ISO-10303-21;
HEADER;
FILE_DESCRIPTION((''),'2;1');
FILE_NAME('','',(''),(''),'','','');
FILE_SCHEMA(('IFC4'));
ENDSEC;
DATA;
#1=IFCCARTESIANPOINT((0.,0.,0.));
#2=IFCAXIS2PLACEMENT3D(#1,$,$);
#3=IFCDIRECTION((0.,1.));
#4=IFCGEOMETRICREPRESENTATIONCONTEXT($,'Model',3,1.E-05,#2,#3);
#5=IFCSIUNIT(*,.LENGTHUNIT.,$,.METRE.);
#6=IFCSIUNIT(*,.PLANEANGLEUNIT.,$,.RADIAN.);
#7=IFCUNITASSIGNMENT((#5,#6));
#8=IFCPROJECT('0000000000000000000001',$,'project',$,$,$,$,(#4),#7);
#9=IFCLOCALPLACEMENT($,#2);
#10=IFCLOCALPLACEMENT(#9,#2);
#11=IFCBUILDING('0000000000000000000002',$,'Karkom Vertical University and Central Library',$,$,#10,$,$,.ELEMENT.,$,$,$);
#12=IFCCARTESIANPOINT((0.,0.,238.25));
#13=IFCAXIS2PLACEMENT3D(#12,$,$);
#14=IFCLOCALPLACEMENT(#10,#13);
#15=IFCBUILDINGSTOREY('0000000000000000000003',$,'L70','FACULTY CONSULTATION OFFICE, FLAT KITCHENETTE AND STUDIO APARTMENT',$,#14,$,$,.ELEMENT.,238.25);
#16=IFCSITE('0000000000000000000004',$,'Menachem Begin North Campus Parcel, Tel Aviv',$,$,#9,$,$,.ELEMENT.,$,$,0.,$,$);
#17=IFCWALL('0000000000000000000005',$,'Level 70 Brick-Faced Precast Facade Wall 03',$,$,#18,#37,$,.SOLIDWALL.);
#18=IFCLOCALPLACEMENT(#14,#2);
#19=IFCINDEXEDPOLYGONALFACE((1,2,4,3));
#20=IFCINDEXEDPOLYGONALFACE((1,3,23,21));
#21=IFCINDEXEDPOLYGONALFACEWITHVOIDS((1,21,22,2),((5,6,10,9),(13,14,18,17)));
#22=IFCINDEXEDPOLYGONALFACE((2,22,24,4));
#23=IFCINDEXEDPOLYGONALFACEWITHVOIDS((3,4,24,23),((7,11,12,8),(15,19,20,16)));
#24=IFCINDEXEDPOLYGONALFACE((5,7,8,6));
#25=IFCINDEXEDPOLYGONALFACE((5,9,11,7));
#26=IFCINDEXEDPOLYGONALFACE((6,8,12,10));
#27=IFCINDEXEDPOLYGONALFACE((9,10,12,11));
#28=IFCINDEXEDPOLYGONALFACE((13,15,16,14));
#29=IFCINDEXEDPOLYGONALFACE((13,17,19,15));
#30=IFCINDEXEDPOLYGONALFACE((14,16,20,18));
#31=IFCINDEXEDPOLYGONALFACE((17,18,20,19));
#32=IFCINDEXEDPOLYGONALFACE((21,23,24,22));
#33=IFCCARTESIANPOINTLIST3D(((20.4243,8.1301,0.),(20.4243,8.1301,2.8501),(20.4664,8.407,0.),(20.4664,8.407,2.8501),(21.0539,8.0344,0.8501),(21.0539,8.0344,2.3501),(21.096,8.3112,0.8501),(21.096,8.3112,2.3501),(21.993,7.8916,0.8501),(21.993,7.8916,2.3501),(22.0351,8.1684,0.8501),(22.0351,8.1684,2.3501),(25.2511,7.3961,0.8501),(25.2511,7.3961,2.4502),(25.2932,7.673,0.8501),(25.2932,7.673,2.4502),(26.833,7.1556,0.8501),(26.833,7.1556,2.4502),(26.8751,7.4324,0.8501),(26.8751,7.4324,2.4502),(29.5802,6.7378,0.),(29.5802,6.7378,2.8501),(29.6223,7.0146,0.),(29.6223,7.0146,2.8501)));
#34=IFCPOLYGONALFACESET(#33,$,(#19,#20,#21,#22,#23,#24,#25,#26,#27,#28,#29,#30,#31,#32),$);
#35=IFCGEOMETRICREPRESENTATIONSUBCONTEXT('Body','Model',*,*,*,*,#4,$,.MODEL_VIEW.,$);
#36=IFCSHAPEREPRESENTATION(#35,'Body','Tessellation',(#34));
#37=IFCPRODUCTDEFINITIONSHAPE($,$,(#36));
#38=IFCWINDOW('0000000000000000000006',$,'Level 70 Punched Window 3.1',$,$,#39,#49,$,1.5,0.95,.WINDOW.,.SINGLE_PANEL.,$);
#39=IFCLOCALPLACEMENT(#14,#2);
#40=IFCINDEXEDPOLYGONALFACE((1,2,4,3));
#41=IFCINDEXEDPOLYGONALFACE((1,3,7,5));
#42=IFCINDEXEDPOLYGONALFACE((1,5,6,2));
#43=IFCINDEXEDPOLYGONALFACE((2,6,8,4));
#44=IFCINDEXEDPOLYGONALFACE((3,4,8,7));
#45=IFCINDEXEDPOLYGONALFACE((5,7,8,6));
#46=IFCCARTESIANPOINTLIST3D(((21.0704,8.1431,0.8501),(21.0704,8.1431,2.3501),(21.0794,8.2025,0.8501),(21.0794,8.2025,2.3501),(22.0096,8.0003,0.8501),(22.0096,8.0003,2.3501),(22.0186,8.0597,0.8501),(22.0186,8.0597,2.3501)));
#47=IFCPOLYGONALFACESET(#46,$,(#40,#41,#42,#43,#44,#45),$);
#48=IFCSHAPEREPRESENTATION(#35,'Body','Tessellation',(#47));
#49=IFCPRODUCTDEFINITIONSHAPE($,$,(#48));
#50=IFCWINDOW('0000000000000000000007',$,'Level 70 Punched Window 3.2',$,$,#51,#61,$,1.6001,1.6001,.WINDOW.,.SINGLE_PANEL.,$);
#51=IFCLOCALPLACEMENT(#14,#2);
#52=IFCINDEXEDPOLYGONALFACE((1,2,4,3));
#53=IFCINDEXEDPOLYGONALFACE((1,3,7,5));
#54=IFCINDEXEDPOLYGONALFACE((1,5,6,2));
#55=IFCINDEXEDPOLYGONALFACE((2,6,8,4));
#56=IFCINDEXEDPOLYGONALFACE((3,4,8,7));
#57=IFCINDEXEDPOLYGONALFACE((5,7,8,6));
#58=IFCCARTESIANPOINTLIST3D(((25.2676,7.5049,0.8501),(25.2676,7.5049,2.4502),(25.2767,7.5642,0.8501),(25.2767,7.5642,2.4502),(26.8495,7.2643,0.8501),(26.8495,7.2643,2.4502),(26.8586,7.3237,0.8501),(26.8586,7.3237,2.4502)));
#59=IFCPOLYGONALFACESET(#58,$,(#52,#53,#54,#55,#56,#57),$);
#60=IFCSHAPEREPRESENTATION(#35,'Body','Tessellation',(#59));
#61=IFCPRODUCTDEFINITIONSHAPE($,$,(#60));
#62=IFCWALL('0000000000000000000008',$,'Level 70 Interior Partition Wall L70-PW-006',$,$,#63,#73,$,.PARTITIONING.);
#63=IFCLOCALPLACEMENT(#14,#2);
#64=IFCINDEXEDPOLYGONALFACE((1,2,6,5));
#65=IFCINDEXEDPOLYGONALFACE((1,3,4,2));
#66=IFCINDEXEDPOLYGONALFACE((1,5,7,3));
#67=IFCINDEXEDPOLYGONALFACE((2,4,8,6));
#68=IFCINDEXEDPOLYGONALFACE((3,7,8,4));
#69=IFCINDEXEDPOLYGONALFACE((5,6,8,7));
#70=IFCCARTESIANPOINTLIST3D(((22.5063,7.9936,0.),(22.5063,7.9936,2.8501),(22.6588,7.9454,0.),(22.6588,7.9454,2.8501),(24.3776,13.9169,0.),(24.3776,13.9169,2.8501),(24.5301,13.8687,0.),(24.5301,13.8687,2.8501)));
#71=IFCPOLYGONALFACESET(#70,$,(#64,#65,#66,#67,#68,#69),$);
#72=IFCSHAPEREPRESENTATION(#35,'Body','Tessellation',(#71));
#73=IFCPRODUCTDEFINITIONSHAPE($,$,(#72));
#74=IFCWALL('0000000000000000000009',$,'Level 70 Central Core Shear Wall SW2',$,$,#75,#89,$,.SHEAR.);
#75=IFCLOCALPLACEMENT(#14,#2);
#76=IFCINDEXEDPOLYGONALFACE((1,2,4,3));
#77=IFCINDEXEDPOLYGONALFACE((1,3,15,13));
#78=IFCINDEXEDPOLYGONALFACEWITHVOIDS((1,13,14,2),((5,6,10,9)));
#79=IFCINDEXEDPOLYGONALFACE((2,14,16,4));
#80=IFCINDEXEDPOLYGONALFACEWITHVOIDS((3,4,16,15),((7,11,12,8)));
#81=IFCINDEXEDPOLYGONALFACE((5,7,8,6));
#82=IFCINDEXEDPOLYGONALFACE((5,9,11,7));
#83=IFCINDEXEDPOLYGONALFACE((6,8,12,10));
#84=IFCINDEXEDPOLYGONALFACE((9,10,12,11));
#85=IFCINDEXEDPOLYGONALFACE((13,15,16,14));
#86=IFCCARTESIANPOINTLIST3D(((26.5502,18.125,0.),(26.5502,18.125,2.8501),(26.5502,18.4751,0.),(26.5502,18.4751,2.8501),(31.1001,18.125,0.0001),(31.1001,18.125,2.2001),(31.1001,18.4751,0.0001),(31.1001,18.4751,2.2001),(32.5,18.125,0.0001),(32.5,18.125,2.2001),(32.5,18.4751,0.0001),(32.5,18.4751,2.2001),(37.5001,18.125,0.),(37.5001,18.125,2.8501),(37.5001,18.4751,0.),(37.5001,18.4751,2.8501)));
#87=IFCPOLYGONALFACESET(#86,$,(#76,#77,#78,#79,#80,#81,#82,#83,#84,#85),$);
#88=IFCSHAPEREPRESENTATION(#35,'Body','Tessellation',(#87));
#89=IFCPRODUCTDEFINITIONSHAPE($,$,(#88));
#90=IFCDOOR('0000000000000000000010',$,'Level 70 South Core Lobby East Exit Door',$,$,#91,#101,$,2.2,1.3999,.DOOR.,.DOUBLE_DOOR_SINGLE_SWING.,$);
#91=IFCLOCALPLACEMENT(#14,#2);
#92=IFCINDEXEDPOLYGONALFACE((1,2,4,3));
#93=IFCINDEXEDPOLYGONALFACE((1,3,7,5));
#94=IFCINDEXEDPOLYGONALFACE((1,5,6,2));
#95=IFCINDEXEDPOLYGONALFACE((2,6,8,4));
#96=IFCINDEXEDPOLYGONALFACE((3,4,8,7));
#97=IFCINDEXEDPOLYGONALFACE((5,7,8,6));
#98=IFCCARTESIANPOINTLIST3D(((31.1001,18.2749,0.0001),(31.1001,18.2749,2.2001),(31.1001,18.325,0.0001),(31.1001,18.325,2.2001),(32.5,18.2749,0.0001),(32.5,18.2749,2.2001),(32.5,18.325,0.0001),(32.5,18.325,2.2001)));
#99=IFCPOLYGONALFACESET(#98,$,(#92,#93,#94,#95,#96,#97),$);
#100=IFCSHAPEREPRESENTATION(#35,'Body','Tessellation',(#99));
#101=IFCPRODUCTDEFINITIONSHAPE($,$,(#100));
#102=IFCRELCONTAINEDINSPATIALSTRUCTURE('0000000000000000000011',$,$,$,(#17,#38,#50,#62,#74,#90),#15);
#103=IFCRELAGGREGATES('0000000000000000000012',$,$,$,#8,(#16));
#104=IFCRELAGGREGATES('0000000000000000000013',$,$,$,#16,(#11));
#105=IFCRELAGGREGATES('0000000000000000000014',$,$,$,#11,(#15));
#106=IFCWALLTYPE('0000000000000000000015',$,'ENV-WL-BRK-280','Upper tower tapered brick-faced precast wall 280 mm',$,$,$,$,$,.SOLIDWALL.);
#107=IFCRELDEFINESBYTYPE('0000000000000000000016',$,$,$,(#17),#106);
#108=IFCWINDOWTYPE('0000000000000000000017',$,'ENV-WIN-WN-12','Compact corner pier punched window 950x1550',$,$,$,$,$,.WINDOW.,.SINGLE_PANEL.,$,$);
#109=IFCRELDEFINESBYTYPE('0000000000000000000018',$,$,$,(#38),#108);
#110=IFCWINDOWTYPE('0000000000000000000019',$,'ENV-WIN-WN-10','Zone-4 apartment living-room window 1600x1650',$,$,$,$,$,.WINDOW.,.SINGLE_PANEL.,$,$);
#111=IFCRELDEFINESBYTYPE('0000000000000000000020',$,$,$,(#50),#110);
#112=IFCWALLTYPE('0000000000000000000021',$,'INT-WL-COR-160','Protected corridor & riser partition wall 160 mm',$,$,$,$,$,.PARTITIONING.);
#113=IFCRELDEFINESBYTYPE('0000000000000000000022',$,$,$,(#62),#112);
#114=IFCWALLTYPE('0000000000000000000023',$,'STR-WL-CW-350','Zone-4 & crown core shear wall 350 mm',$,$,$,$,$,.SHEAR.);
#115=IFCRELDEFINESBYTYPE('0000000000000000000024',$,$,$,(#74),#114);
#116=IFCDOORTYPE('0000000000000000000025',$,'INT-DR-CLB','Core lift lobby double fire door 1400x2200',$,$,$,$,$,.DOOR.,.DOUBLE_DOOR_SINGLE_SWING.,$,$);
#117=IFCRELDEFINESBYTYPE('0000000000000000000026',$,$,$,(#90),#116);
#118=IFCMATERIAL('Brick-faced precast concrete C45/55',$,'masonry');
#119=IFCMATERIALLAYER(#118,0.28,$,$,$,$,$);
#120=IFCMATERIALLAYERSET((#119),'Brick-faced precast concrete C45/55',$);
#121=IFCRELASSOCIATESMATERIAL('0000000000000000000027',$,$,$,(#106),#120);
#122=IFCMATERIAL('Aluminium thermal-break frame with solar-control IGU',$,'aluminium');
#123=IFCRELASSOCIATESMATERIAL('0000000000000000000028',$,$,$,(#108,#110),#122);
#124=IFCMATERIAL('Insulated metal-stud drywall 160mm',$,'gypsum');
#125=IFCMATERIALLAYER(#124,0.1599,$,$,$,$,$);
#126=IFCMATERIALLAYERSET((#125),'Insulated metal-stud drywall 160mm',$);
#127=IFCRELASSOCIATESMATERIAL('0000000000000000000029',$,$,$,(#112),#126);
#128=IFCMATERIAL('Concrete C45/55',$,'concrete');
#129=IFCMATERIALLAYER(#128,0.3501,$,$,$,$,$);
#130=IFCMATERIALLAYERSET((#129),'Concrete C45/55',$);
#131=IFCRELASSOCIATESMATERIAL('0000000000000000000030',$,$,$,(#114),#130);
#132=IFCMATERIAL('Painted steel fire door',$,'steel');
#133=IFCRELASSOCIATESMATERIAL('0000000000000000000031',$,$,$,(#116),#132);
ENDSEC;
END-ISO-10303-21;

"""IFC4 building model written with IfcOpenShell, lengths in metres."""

from ifc_helpers import new_model, si_unit, direction, frame, frame_2d, origin, origin_with_axes, place, context, subcontext, project, spatial, rectangle, extrude, source, transform, mapped, material, layer, layer_set, type_object, element, fill, save


model = new_model("IFC4")

# Units and contexts
model_context = context("Model", 3, precision=1e-05, world=origin(), true_north=direction((0.0, 1.0)))
body_context = subcontext(model_context, "Body", "Model", "MODEL_VIEW")
ifc_project = project(units=[si_unit("LENGTHUNIT", "METRE"), si_unit("PLANEANGLEUNIT", "RADIAN")], contexts=[model_context])

# Site, building, storey
site_placement = place(None, origin())
site = spatial("IfcSite", under=ifc_project, at=site_placement, Name="Menachem Begin North Campus Parcel, Tel Aviv", CompositionType="ELEMENT", RefElevation=0.0)
building_placement = place(site_placement, origin())
building = spatial("IfcBuilding", under=site, at=building_placement, Name="Karkom Vertical University and Central Library", CompositionType="ELEMENT")
storey_placement = place(building_placement, frame((0.0, 0.0, 238.25)))
storey = spatial("IfcBuildingStorey", under=building, at=storey_placement, Name="L70", Description="FACULTY CONSULTATION OFFICE, FLAT KITCHENETTE AND STUDIO APARTMENT", CompositionType="ELEMENT", Elevation=238.25)

# Shared definitions
ifc_material_1 = material(Name="Concrete C45/55", Category="concrete")

# Wall, openings, windows
ifc_material_2 = material(Name="Brick-faced precast concrete C45/55", Category="masonry")
ifc_layer_1 = layer(ifc_material_2, 0.28)
ifc_layer_set_1 = layer_set([ifc_layer_1], Name="Brick-faced precast concrete C45/55")
wall_type_1 = type_object("IfcWallType", Name="ENV-WL-BRK-280", Description="Upper tower tapered brick-faced precast wall 280 mm", PredefinedType="SOLIDWALL", material=ifc_layer_set_1)
wall_1_placement = place(storey_placement, frame((20.4453, 8.2686, 0.0), z_axis=(0.0, 0.0, 1.0), x_axis=(0.988634, -0.150339, 0.0)))
wall_1 = element("IfcWall", 1, at=wall_1_placement, inside=storey, type_object=wall_type_1, Name="Level 70 Brick-Faced Precast Facade Wall 03", PredefinedType="SOLIDWALL", context=body_context, shape_type="SweptSolid", body=[
    extrude(rectangle(XDim=9.2612, YDim=0.28, at=frame_2d((4.6306, 0.0))), origin(), (0.0, 0.0, 1.0), 2.8501),
])
opening_1_placement = place(wall_1_placement, frame((0.6367, 0.0, 0.8501)))
opening_1 = element("IfcOpeningElement", 2, at=opening_1_placement, cuts=wall_1, PredefinedType="OPENING", context=body_context, shape_type="SweptSolid", body=[
    extrude(rectangle(XDim=0.95, YDim=1.5, at=frame_2d((0.4751, 0.75))), frame((0.0, 0.1499, 0.0), z_axis=(0.0, -1.0, 0.0), x_axis=(1.0, 0.0, 0.0)), (0.0, 0.0, 1.0), 0.3),
])
opening_2_placement = place(wall_1_placement, frame((4.8823, 0.0, 0.8501)))
opening_2 = element("IfcOpeningElement", 3, at=opening_2_placement, cuts=wall_1, PredefinedType="OPENING", context=body_context, shape_type="SweptSolid", body=[
    extrude(rectangle(XDim=1.6001, YDim=1.6001, at=frame_2d((0.8, 0.8))), frame((0.0, 0.1499, 0.0), z_axis=(0.0, -1.0, 0.0), x_axis=(1.0, 0.0, 0.0)), (0.0, 0.0, 1.0), 0.3),
])
ifc_material_3 = material(Name="Aluminium thermal-break frame with solar-control IGU", Category="aluminium")
window_type_1 = type_object("IfcWindowType", Name="ENV-WIN-WN-12", Description="Compact corner pier punched window 950x1550", PartitioningType="SINGLE_PANEL", PredefinedType="WINDOW", material=ifc_material_3)
shared_shape_1 = source(origin_with_axes(), body_context, "Body", "SweptSolid", [
    extrude(rectangle(XDim=0.95, YDim=1.5, at=frame_2d((0.4751, 0.75))), frame((0.0, 0.03, 0.0), z_axis=(0.0, -1.0, 0.0), x_axis=(1.0, 0.0, 0.0)), (0.0, 0.0, 1.0), 0.0601),
])
window_1_placement = place(opening_1_placement, origin())
window_1 = element("IfcWindow", 4, at=window_1_placement, inside=storey, type_object=window_type_1, Name="Level 70 Punched Window 3.1", OverallHeight=1.5, OverallWidth=0.95, PartitioningType="SINGLE_PANEL", PredefinedType="WINDOW", context=body_context, shape_type="MappedRepresentation", body=[
    mapped(shared_shape_1, transform((0.0, 0.0, 0.0), scale=1.0)),
])
fill(opening_1, window_1)
window_type_2 = type_object("IfcWindowType", Name="ENV-WIN-WN-10", Description="Zone-4 apartment living-room window 1600x1650", PartitioningType="SINGLE_PANEL", PredefinedType="WINDOW", material=ifc_material_3)
shared_shape_2 = source(origin_with_axes(), body_context, "Body", "SweptSolid", [
    extrude(rectangle(XDim=1.6001, YDim=1.6001, at=frame_2d((0.8, 0.8))), frame((0.0, 0.03, 0.0), z_axis=(0.0, -1.0, 0.0), x_axis=(1.0, 0.0, 0.0)), (0.0, 0.0, 1.0), 0.0601),
])
window_2_placement = place(opening_2_placement, origin())
window_2 = element("IfcWindow", 5, at=window_2_placement, inside=storey, type_object=window_type_2, Name="Level 70 Punched Window 3.2", OverallHeight=1.6001, OverallWidth=1.6001, PartitioningType="SINGLE_PANEL", PredefinedType="WINDOW", context=body_context, shape_type="MappedRepresentation", body=[
    mapped(shared_shape_2, transform((0.0, 0.0, 0.0), scale=1.0)),
])
fill(opening_2, window_2)

# Wall
ifc_material_4 = material(Name="Insulated metal-stud drywall 160mm", Category="gypsum")
ifc_layer_2 = layer(ifc_material_4, 0.1599)
ifc_layer_set_2 = layer_set([ifc_layer_2], Name="Insulated metal-stud drywall 160mm")
wall_type_2 = type_object("IfcWallType", Name="INT-WL-COR-160", Description="Protected corridor & riser partition wall 160 mm", PredefinedType="PARTITIONING", material=ifc_layer_set_2)
wall_2_placement = place(storey_placement, frame((24.4539, 13.8928, 0.0), z_axis=(0.0, 0.0, 1.0), x_axis=(-0.30125, -0.953545, 0.0)))
element("IfcWall", 6, at=wall_2_placement, inside=storey, type_object=wall_type_2, Name="Level 70 Interior Partition Wall L70-PW-006", PredefinedType="PARTITIONING", context=body_context, shape_type="SweptSolid", body=[
    extrude(rectangle(XDim=6.2119, YDim=0.1599, at=frame_2d((3.106, 0.0))), origin(), (0.0, 0.0, 1.0), 2.8501),
])

# Wall, opening, door
ifc_layer_3 = layer(ifc_material_1, 0.3501)
ifc_layer_set_3 = layer_set([ifc_layer_3], Name="Concrete C45/55")
wall_type_3 = type_object("IfcWallType", Name="STR-WL-CW-350", Description="Zone-4 & crown core shear wall 350 mm", PredefinedType="SHEAR", material=ifc_layer_set_3)
wall_3_placement = place(storey_placement, frame((26.55, 18.3, 0.0), z_axis=(0.0, 0.0, 1.0), x_axis=(1.0, 0.0, 0.0)))
wall_3 = element("IfcWall", 7, at=wall_3_placement, inside=storey, type_object=wall_type_3, Name="Level 70 Central Core Shear Wall SW2", PredefinedType="SHEAR", context=body_context, shape_type="SweptSolid", body=[
    extrude(rectangle(XDim=10.95, YDim=0.3501, at=frame_2d((5.4751, 0.0))), origin(), (0.0, 0.0, 1.0), 2.8501),
])
opening_3_placement = place(wall_3_placement, frame((4.55, 0.0, 0.0)))
opening_3 = element("IfcOpeningElement", 8, at=opening_3_placement, cuts=wall_3, PredefinedType="OPENING", context=body_context, shape_type="SweptSolid", body=[
    extrude(rectangle(XDim=1.3999, YDim=2.2, at=frame_2d((0.7, 1.1001))), frame((0.0, 0.1851, 0.0), z_axis=(0.0, -1.0, 0.0), x_axis=(1.0, 0.0, 0.0)), (0.0, 0.0, 1.0), 0.3701),
])
ifc_material_5 = material(Name="Painted steel fire door", Category="steel")
door_type = type_object("IfcDoorType", Name="INT-DR-CLB", Description="Core lift lobby double fire door 1400x2200", OperationType="DOUBLE_DOOR_SINGLE_SWING", PredefinedType="DOOR", material=ifc_material_5)
shared_shape_3 = source(origin_with_axes(), body_context, "Body", "SweptSolid", [
    extrude(rectangle(XDim=1.3999, YDim=2.2, at=frame_2d((0.7, 1.1001))), frame((0.0, 0.0249, 0.0), z_axis=(0.0, -1.0, 0.0), x_axis=(1.0, 0.0, 0.0)), (0.0, 0.0, 1.0), 0.05),
])
door_placement = place(opening_3_placement, origin())
door = element("IfcDoor", 9, at=door_placement, inside=storey, type_object=door_type, Name="Level 70 South Core Lobby East Exit Door", OperationType="DOUBLE_DOOR_SINGLE_SWING", OverallHeight=2.2, OverallWidth=1.3999, PredefinedType="DOOR", context=body_context, shape_type="MappedRepresentation", body=[
    mapped(shared_shape_3, transform((0.0, 0.0, 0.0), scale=1.0)),
])
fill(opening_3, door)

save(model, "model.ifc")
